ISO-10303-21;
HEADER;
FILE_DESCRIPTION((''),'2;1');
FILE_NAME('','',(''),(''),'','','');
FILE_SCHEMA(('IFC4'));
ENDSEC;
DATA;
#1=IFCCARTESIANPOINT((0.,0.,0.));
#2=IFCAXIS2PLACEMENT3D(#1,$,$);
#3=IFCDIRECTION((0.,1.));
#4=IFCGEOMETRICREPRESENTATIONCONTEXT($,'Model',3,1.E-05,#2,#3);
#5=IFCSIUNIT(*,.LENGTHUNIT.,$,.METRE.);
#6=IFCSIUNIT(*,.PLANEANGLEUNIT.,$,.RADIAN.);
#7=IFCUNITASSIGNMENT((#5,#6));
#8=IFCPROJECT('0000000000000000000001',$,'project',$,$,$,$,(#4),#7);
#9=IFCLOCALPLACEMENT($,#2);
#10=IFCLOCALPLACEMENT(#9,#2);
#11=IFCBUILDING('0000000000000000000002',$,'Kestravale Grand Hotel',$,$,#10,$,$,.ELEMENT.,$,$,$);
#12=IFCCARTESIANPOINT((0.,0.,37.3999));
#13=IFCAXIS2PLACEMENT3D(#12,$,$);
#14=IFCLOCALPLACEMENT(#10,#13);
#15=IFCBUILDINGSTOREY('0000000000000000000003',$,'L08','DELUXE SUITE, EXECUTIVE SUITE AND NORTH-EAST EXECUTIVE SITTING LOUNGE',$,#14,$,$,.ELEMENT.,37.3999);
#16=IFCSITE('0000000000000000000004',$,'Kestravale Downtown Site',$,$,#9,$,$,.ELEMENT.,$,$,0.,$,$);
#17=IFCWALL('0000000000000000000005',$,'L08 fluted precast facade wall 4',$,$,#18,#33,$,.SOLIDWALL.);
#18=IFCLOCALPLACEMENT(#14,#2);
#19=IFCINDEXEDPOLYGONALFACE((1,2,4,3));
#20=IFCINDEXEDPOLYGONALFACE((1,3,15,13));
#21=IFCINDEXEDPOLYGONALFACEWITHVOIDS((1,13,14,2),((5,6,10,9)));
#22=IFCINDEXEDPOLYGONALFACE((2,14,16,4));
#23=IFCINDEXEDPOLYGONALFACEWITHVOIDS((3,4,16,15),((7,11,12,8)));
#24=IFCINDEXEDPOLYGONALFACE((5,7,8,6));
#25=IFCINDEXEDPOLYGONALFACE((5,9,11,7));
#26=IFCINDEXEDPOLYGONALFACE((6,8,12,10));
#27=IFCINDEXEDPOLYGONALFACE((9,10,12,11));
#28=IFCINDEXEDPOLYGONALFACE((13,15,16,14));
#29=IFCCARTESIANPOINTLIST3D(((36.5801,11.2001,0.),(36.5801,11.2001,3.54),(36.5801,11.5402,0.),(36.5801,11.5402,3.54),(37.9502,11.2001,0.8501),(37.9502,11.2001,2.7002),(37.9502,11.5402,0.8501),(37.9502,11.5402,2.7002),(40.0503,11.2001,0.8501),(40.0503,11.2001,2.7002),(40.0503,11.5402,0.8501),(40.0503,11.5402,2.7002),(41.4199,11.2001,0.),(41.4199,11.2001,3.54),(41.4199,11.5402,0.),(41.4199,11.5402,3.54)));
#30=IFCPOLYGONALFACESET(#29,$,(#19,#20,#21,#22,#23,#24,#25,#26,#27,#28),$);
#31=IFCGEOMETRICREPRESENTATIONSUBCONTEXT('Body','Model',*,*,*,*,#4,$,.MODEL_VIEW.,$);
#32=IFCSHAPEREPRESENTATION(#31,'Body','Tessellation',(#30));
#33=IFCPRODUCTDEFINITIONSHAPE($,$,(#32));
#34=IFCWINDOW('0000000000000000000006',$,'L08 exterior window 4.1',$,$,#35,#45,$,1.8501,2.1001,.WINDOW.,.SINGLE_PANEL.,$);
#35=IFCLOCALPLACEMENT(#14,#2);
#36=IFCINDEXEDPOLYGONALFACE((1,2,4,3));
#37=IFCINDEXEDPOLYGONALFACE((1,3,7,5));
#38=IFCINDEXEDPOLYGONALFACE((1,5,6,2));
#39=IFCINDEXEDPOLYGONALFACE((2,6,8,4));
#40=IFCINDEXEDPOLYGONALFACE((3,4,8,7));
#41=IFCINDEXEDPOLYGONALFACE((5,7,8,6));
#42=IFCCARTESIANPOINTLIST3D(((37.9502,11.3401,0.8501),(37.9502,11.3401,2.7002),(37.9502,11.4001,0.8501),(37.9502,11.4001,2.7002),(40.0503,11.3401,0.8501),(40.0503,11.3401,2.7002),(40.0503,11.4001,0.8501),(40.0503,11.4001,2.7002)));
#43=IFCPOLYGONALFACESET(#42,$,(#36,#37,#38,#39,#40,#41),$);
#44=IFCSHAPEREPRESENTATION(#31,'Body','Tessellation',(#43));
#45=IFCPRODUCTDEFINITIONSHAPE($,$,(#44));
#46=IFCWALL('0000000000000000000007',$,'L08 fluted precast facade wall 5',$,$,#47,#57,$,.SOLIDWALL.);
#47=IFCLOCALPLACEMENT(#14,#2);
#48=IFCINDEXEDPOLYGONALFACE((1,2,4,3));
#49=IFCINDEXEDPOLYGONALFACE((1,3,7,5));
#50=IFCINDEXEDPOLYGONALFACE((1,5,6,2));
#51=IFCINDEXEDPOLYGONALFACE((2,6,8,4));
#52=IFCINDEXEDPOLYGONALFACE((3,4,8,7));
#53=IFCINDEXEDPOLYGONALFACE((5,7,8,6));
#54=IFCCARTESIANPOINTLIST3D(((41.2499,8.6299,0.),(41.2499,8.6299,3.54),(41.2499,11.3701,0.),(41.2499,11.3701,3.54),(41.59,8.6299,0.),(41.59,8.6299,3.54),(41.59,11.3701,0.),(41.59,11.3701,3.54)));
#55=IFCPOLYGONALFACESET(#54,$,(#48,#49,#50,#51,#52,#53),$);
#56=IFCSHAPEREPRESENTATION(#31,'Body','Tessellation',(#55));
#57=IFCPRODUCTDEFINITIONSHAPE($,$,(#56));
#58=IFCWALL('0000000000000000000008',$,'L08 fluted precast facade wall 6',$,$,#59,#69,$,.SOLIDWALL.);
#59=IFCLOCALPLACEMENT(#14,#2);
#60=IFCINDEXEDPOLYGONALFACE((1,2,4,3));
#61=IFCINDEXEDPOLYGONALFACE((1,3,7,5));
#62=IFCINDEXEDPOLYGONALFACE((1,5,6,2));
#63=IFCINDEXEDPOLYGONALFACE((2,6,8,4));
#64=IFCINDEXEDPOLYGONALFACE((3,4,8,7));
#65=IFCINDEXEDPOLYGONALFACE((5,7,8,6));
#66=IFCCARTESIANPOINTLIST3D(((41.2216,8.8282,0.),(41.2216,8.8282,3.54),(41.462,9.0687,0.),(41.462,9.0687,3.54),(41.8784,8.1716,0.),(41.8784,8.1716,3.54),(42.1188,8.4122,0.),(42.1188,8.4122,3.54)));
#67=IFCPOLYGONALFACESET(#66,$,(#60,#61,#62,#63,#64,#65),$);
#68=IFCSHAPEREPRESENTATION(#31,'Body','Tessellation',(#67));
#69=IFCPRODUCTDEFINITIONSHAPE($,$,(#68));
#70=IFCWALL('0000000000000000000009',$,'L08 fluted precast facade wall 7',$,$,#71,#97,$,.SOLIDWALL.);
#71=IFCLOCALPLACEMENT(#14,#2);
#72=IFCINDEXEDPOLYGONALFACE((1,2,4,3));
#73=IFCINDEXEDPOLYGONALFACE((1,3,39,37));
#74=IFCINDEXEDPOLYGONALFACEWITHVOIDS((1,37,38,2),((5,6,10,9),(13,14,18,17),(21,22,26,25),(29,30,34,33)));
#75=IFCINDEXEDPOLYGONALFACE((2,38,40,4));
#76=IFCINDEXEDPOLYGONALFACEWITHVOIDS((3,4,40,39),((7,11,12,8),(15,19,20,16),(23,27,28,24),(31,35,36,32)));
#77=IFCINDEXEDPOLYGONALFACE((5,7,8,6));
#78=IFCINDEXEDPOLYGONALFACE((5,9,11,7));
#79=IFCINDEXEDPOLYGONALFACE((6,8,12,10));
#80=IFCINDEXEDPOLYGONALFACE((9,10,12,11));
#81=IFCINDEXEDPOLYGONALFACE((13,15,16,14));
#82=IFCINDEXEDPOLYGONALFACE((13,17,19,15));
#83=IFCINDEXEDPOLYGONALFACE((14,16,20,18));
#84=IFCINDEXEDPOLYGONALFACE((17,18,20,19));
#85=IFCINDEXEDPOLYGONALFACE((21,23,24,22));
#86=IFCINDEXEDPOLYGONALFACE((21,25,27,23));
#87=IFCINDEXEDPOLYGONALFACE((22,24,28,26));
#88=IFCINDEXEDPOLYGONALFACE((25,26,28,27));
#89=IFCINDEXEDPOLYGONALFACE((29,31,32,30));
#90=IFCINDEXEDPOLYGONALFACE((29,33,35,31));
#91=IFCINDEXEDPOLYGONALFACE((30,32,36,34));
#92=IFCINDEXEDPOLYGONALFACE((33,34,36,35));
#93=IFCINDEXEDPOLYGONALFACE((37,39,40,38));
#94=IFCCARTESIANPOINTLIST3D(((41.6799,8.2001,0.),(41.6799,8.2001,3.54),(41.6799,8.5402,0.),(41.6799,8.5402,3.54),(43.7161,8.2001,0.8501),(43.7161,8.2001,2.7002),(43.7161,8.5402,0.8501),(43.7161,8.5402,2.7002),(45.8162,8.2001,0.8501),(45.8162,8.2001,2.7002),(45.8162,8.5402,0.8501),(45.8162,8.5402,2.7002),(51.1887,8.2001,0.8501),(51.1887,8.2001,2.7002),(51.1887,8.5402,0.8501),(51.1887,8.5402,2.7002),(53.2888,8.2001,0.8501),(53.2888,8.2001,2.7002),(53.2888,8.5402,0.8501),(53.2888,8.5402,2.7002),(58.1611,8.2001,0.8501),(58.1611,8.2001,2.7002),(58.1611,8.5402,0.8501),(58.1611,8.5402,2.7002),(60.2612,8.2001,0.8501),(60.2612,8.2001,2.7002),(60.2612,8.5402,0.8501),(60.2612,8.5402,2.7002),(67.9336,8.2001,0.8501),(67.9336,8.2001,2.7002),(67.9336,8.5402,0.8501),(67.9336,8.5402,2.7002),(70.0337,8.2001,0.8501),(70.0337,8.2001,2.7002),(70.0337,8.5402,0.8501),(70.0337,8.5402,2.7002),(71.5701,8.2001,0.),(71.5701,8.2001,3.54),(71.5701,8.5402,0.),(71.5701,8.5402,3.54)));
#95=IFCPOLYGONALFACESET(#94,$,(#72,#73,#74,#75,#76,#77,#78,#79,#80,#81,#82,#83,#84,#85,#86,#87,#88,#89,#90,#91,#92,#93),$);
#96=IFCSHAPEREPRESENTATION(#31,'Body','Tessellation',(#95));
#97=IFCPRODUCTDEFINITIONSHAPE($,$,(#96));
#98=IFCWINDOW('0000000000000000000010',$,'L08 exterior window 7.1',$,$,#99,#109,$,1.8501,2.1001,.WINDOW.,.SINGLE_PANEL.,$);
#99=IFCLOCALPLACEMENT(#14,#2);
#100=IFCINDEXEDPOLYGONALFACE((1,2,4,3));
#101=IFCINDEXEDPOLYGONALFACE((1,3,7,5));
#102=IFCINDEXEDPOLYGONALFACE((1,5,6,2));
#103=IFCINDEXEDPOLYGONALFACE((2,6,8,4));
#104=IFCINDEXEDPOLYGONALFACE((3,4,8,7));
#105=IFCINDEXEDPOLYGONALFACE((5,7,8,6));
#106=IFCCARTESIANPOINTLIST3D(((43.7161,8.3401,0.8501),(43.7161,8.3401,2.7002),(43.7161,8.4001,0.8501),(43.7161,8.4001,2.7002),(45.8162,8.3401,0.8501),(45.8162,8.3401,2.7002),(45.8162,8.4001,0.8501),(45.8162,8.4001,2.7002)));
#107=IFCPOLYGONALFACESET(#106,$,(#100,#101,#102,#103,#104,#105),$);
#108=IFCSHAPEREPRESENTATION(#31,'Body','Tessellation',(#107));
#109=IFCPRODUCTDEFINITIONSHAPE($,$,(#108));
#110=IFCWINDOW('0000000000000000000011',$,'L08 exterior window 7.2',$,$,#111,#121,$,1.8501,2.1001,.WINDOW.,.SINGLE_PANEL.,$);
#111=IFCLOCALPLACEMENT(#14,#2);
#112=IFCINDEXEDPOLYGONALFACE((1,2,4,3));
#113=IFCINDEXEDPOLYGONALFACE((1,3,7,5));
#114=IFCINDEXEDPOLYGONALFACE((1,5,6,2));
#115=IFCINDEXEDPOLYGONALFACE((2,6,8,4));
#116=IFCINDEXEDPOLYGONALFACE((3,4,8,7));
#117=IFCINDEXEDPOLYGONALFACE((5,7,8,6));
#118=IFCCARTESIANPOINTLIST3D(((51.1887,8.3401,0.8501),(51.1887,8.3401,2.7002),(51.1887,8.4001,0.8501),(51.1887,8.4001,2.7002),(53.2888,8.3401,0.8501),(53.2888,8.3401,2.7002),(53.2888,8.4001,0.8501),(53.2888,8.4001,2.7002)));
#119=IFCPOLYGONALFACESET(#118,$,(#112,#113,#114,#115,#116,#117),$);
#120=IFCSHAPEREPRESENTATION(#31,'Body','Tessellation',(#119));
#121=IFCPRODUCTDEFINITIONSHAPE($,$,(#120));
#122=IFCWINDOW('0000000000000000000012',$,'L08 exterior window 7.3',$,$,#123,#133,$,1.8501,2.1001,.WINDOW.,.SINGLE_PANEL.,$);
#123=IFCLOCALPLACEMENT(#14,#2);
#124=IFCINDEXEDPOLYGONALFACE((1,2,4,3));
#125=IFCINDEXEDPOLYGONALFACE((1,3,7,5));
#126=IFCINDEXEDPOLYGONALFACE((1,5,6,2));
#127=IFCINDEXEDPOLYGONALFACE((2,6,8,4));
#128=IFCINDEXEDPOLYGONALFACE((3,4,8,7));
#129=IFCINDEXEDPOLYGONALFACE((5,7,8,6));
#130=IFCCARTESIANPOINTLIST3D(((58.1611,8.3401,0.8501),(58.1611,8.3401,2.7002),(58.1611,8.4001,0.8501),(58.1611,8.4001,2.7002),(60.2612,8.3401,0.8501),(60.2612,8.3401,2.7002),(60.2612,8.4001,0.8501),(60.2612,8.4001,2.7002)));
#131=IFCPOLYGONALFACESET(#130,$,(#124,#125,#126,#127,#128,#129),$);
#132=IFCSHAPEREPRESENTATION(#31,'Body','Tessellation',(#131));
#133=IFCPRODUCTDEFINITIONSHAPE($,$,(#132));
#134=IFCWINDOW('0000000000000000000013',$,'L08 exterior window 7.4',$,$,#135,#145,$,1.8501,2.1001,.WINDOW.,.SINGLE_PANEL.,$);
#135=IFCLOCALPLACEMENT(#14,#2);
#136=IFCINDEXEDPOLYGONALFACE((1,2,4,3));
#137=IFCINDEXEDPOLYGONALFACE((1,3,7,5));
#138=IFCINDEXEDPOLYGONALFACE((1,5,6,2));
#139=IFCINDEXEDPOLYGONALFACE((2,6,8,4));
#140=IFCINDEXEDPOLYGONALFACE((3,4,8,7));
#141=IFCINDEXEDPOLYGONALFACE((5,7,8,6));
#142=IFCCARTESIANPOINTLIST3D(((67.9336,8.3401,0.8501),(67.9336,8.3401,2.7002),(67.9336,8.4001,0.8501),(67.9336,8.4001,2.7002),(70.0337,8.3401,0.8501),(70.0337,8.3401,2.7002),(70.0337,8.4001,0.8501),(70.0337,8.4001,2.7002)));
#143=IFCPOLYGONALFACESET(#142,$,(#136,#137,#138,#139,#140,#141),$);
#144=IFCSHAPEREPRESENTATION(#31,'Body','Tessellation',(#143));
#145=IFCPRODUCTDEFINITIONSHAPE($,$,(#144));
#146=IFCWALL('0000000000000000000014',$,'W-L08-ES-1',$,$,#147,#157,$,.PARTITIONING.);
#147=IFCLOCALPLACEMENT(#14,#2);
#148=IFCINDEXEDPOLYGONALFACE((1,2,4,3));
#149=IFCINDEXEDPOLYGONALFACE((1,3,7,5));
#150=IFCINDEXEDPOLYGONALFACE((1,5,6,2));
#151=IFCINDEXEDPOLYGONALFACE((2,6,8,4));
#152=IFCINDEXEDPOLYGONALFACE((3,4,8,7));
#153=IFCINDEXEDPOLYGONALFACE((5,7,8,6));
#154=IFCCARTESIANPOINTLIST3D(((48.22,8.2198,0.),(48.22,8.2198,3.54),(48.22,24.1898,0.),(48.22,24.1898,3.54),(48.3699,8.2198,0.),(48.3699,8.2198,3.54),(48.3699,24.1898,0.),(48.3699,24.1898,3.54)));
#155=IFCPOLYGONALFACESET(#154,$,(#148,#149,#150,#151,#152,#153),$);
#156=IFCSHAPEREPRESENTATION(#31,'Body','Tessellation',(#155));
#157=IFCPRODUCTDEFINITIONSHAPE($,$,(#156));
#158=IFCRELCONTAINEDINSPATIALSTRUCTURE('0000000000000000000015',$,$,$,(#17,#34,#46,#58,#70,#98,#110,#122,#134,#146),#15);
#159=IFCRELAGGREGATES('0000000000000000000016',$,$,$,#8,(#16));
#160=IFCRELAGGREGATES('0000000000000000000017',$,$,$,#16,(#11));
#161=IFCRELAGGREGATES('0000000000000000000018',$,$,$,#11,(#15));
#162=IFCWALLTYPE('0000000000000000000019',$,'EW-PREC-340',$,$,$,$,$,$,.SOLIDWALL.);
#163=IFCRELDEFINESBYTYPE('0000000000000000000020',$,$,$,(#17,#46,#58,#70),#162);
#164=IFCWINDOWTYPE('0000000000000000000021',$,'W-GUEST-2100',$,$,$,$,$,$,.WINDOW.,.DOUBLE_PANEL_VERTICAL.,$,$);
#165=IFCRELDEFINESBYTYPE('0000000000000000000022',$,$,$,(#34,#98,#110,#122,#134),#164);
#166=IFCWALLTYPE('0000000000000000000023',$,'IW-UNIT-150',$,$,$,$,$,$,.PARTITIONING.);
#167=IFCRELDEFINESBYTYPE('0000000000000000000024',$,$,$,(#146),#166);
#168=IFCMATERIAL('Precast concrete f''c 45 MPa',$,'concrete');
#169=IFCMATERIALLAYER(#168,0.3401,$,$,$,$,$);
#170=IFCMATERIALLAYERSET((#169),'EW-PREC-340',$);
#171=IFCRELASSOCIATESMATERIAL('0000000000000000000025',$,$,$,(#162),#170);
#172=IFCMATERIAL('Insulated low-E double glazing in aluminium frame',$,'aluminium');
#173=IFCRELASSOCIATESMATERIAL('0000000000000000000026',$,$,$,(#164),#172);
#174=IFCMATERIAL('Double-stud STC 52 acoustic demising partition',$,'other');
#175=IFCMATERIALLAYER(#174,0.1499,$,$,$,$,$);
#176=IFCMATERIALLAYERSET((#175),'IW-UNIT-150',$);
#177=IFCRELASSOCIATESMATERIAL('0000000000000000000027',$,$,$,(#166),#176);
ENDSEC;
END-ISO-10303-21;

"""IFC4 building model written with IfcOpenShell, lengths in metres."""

from ifc_helpers import new_model, si_unit, direction, frame, frame_2d, origin, place, context, subcontext, project, spatial, rectangle, extrude, material, layer, layer_set, type_object, element, fill, save


model = new_model("IFC4")

# Units and contexts
model_context = context("Model", 3, precision=1e-05, world=origin(), true_north=direction((0.0, 1.0)))
body_context = subcontext(model_context, "Body", "Model", "MODEL_VIEW")
ifc_project = project(units=[si_unit("LENGTHUNIT", "METRE"), si_unit("PLANEANGLEUNIT", "RADIAN")], contexts=[model_context])

# Site, building, storey
site_placement = place(None, origin())
site = spatial("IfcSite", under=ifc_project, at=site_placement, Name="Kestravale Downtown Site", CompositionType="ELEMENT", RefElevation=0.0)
building_placement = place(site_placement, origin())
building = spatial("IfcBuilding", under=site, at=building_placement, Name="Kestravale Grand Hotel", CompositionType="ELEMENT")
storey_placement = place(building_placement, frame((0.0, 0.0, 37.3999)))
storey = spatial("IfcBuildingStorey", under=building, at=storey_placement, Name="L08", Description="DELUXE SUITE, EXECUTIVE SUITE AND NORTH-EAST EXECUTIVE SITTING LOUNGE", CompositionType="ELEMENT", Elevation=37.3999)

# Shared definitions
ifc_material_1 = material(Name="Precast concrete f'c 45 MPa", Category="concrete")
ifc_layer_1 = layer(ifc_material_1, 0.3401)
ifc_layer_set_1 = layer_set([ifc_layer_1], Name="EW-PREC-340")
wall_type_1 = type_object("IfcWallType", Name="EW-PREC-340", PredefinedType="SOLIDWALL", material=ifc_layer_set_1)

# Wall, opening, window
ifc_material_2 = material(Name="Insulated low-E double glazing in aluminium frame", Category="aluminium")
window_type = type_object("IfcWindowType", Name="W-GUEST-2100", PartitioningType="DOUBLE_PANEL_VERTICAL", PredefinedType="WINDOW", material=ifc_material_2)
wall_1_placement = place(storey_placement, frame((36.5801, 11.3701, 0.0), z_axis=(0.0, 0.0, 1.0), x_axis=(1.0, 0.0, 0.0)))
wall_1 = element("IfcWall", 1, at=wall_1_placement, inside=storey, type_object=wall_type_1, Name="L08 fluted precast facade wall 4", PredefinedType="SOLIDWALL", context=body_context, shape_type="SweptSolid", body=[
    extrude(rectangle(XDim=4.8398, YDim=0.3401, at=frame_2d((2.4199, 0.0))), origin(), (0.0, 0.0, 1.0), 3.54),
])
opening_1_placement = place(wall_1_placement, frame((1.3701, 0.0, 0.8501)))
opening_1 = element("IfcOpeningElement", 2, at=opening_1_placement, cuts=wall_1, PredefinedType="OPENING", context=body_context, shape_type="SweptSolid", body=[
    extrude(rectangle(XDim=2.1001, YDim=1.8501, at=frame_2d((1.05, 0.925))), frame((0.0, 0.1799, 0.0), z_axis=(0.0, -1.0, 0.0), x_axis=(1.0, 0.0, 0.0)), (0.0, 0.0, 1.0), 0.3601),
])
window_1_placement = place(opening_1_placement, origin())
window_1 = element("IfcWindow", 3, at=window_1_placement, inside=storey, type_object=window_type, Name="L08 exterior window 4.1", OverallHeight=1.8501, OverallWidth=2.1001, PartitioningType="SINGLE_PANEL", PredefinedType="WINDOW", context=body_context, shape_type="SweptSolid", body=[
    extrude(rectangle(XDim=2.1001, YDim=1.8501, at=frame_2d((1.05, 0.925))), frame((0.0, 0.03, 0.0), z_axis=(0.0, -1.0, 0.0), x_axis=(1.0, 0.0, 0.0)), (0.0, 0.0, 1.0), 0.0601),
])
fill(opening_1, window_1)

# Walls
wall_2_placement = place(storey_placement, frame((41.4199, 11.3701, 0.0), z_axis=(0.0, 0.0, 1.0), x_axis=(0.0, -1.0, 0.0)))
element("IfcWall", 4, at=wall_2_placement, inside=storey, type_object=wall_type_1, Name="L08 fluted precast facade wall 5", PredefinedType="SOLIDWALL", context=body_context, shape_type="SweptSolid", body=[
    extrude(rectangle(XDim=2.7402, YDim=0.3401, at=frame_2d((1.3701, 0.0))), origin(), (0.0, 0.0, 1.0), 3.54),
])
wall_3_placement = place(storey_placement, frame((41.3418, 8.9485, 0.0), z_axis=(0.0, 0.0, 1.0), x_axis=(0.707238, -0.706975, 0.0)))
element("IfcWall", 5, at=wall_3_placement, inside=storey, type_object=wall_type_1, Name="L08 fluted precast facade wall 6", PredefinedType="SOLIDWALL", context=body_context, shape_type="SweptSolid", body=[
    extrude(rectangle(XDim=0.9287, YDim=0.3401, at=frame_2d((0.4644, 0.0))), origin(), (0.0, 0.0, 1.0), 3.54),
])

# Wall, openings, windows
wall_4_placement = place(storey_placement, frame((41.6799, 8.3701, 0.0), z_axis=(0.0, 0.0, 1.0), x_axis=(1.0, 0.0, 0.0)))
wall_4 = element("IfcWall", 6, at=wall_4_placement, inside=storey, type_object=wall_type_1, Name="L08 fluted precast facade wall 7", PredefinedType="SOLIDWALL", context=body_context, shape_type="SweptSolid", body=[
    extrude(rectangle(XDim=29.8901, YDim=0.3401, at=frame_2d((14.9451, 0.0))), origin(), (0.0, 0.0, 1.0), 3.54),
])
opening_2_placement = place(wall_4_placement, frame((2.0361, 0.0, 0.8501)))
opening_2 = element("IfcOpeningElement", 7, at=opening_2_placement, cuts=wall_4, PredefinedType="OPENING", context=body_context, shape_type="SweptSolid", body=[
    extrude(rectangle(XDim=2.1001, YDim=1.8501, at=frame_2d((1.05, 0.925))), frame((0.0, 0.1799, 0.0), z_axis=(0.0, -1.0, 0.0), x_axis=(1.0, 0.0, 0.0)), (0.0, 0.0, 1.0), 0.3601),
])
opening_3_placement = place(wall_4_placement, frame((9.5088, 0.0, 0.8501)))
opening_3 = element("IfcOpeningElement", 8, at=opening_3_placement, cuts=wall_4, PredefinedType="OPENING", context=body_context, shape_type="SweptSolid", body=[
    extrude(rectangle(XDim=2.1001, YDim=1.8501, at=frame_2d((1.05, 0.925))), frame((0.0, 0.1799, 0.0), z_axis=(0.0, -1.0, 0.0), x_axis=(1.0, 0.0, 0.0)), (0.0, 0.0, 1.0), 0.3601),
])
opening_4_placement = place(wall_4_placement, frame((16.4812, 0.0, 0.8501)))
opening_4 = element("IfcOpeningElement", 9, at=opening_4_placement, cuts=wall_4, PredefinedType="OPENING", context=body_context, shape_type="SweptSolid", body=[
    extrude(rectangle(XDim=2.1001, YDim=1.8501, at=frame_2d((1.05, 0.925))), frame((0.0, 0.1799, 0.0), z_axis=(0.0, -1.0, 0.0), x_axis=(1.0, 0.0, 0.0)), (0.0, 0.0, 1.0), 0.3601),
])
opening_5_placement = place(wall_4_placement, frame((26.2537, 0.0, 0.8501)))
opening_5 = element("IfcOpeningElement", 10, at=opening_5_placement, cuts=wall_4, PredefinedType="OPENING", context=body_context, shape_type="SweptSolid", body=[
    extrude(rectangle(XDim=2.1001, YDim=1.8501, at=frame_2d((1.05, 0.925))), frame((0.0, 0.1799, 0.0), z_axis=(0.0, -1.0, 0.0), x_axis=(1.0, 0.0, 0.0)), (0.0, 0.0, 1.0), 0.3601),
])
window_2_placement = place(opening_2_placement, origin())
window_2 = element("IfcWindow", 11, at=window_2_placement, inside=storey, type_object=window_type, Name="L08 exterior window 7.1", OverallHeight=1.8501, OverallWidth=2.1001, PartitioningType="SINGLE_PANEL", PredefinedType="WINDOW", context=body_context, shape_type="SweptSolid", body=[
    extrude(rectangle(XDim=2.1001, YDim=1.8501, at=frame_2d((1.05, 0.925))), frame((0.0, 0.03, 0.0), z_axis=(0.0, -1.0, 0.0), x_axis=(1.0, 0.0, 0.0)), (0.0, 0.0, 1.0), 0.0601),
])
fill(opening_2, window_2)
window_3_placement = place(opening_3_placement, origin())
window_3 = element("IfcWindow", 12, at=window_3_placement, inside=storey, type_object=window_type, Name="L08 exterior window 7.2", OverallHeight=1.8501, OverallWidth=2.1001, PartitioningType="SINGLE_PANEL", PredefinedType="WINDOW", context=body_context, shape_type="SweptSolid", body=[
    extrude(rectangle(XDim=2.1001, YDim=1.8501, at=frame_2d((1.05, 0.925))), frame((0.0, 0.03, 0.0), z_axis=(0.0, -1.0, 0.0), x_axis=(1.0, 0.0, 0.0)), (0.0, 0.0, 1.0), 0.0601),
])
fill(opening_3, window_3)
window_4_placement = place(opening_4_placement, origin())
window_4 = element("IfcWindow", 13, at=window_4_placement, inside=storey, type_object=window_type, Name="L08 exterior window 7.3", OverallHeight=1.8501, OverallWidth=2.1001, PartitioningType="SINGLE_PANEL", PredefinedType="WINDOW", context=body_context, shape_type="SweptSolid", body=[
    extrude(rectangle(XDim=2.1001, YDim=1.8501, at=frame_2d((1.05, 0.925))), frame((0.0, 0.03, 0.0), z_axis=(0.0, -1.0, 0.0), x_axis=(1.0, 0.0, 0.0)), (0.0, 0.0, 1.0), 0.0601),
])
fill(opening_4, window_4)
window_5_placement = place(opening_5_placement, origin())
window_5 = element("IfcWindow", 14, at=window_5_placement, inside=storey, type_object=window_type, Name="L08 exterior window 7.4", OverallHeight=1.8501, OverallWidth=2.1001, PartitioningType="SINGLE_PANEL", PredefinedType="WINDOW", context=body_context, shape_type="SweptSolid", body=[
    extrude(rectangle(XDim=2.1001, YDim=1.8501, at=frame_2d((1.05, 0.925))), frame((0.0, 0.03, 0.0), z_axis=(0.0, -1.0, 0.0), x_axis=(1.0, 0.0, 0.0)), (0.0, 0.0, 1.0), 0.0601),
])
fill(opening_5, window_5)

# Wall
ifc_material_3 = material(Name="Double-stud STC 52 acoustic demising partition", Category="other")
ifc_layer_2 = layer(ifc_material_3, 0.1499)
ifc_layer_set_2 = layer_set([ifc_layer_2], Name="IW-UNIT-150")
wall_type_2 = type_object("IfcWallType", Name="IW-UNIT-150", PredefinedType="PARTITIONING", material=ifc_layer_set_2)
wall_5_placement = place(storey_placement, frame((48.2949, 8.22, 0.0), z_axis=(0.0, 0.0, 1.0), x_axis=(0.0, 1.0, 0.0)))
element("IfcWall", 15, at=wall_5_placement, inside=storey, type_object=wall_type_2, Name="W-L08-ES-1", PredefinedType="PARTITIONING", context=body_context, shape_type="SweptSolid", body=[
    extrude(rectangle(XDim=15.97, YDim=0.1499, at=frame_2d((7.9849, 0.0))), origin(), (0.0, 0.0, 1.0), 3.54),
])

save(model, "model.ifc")
